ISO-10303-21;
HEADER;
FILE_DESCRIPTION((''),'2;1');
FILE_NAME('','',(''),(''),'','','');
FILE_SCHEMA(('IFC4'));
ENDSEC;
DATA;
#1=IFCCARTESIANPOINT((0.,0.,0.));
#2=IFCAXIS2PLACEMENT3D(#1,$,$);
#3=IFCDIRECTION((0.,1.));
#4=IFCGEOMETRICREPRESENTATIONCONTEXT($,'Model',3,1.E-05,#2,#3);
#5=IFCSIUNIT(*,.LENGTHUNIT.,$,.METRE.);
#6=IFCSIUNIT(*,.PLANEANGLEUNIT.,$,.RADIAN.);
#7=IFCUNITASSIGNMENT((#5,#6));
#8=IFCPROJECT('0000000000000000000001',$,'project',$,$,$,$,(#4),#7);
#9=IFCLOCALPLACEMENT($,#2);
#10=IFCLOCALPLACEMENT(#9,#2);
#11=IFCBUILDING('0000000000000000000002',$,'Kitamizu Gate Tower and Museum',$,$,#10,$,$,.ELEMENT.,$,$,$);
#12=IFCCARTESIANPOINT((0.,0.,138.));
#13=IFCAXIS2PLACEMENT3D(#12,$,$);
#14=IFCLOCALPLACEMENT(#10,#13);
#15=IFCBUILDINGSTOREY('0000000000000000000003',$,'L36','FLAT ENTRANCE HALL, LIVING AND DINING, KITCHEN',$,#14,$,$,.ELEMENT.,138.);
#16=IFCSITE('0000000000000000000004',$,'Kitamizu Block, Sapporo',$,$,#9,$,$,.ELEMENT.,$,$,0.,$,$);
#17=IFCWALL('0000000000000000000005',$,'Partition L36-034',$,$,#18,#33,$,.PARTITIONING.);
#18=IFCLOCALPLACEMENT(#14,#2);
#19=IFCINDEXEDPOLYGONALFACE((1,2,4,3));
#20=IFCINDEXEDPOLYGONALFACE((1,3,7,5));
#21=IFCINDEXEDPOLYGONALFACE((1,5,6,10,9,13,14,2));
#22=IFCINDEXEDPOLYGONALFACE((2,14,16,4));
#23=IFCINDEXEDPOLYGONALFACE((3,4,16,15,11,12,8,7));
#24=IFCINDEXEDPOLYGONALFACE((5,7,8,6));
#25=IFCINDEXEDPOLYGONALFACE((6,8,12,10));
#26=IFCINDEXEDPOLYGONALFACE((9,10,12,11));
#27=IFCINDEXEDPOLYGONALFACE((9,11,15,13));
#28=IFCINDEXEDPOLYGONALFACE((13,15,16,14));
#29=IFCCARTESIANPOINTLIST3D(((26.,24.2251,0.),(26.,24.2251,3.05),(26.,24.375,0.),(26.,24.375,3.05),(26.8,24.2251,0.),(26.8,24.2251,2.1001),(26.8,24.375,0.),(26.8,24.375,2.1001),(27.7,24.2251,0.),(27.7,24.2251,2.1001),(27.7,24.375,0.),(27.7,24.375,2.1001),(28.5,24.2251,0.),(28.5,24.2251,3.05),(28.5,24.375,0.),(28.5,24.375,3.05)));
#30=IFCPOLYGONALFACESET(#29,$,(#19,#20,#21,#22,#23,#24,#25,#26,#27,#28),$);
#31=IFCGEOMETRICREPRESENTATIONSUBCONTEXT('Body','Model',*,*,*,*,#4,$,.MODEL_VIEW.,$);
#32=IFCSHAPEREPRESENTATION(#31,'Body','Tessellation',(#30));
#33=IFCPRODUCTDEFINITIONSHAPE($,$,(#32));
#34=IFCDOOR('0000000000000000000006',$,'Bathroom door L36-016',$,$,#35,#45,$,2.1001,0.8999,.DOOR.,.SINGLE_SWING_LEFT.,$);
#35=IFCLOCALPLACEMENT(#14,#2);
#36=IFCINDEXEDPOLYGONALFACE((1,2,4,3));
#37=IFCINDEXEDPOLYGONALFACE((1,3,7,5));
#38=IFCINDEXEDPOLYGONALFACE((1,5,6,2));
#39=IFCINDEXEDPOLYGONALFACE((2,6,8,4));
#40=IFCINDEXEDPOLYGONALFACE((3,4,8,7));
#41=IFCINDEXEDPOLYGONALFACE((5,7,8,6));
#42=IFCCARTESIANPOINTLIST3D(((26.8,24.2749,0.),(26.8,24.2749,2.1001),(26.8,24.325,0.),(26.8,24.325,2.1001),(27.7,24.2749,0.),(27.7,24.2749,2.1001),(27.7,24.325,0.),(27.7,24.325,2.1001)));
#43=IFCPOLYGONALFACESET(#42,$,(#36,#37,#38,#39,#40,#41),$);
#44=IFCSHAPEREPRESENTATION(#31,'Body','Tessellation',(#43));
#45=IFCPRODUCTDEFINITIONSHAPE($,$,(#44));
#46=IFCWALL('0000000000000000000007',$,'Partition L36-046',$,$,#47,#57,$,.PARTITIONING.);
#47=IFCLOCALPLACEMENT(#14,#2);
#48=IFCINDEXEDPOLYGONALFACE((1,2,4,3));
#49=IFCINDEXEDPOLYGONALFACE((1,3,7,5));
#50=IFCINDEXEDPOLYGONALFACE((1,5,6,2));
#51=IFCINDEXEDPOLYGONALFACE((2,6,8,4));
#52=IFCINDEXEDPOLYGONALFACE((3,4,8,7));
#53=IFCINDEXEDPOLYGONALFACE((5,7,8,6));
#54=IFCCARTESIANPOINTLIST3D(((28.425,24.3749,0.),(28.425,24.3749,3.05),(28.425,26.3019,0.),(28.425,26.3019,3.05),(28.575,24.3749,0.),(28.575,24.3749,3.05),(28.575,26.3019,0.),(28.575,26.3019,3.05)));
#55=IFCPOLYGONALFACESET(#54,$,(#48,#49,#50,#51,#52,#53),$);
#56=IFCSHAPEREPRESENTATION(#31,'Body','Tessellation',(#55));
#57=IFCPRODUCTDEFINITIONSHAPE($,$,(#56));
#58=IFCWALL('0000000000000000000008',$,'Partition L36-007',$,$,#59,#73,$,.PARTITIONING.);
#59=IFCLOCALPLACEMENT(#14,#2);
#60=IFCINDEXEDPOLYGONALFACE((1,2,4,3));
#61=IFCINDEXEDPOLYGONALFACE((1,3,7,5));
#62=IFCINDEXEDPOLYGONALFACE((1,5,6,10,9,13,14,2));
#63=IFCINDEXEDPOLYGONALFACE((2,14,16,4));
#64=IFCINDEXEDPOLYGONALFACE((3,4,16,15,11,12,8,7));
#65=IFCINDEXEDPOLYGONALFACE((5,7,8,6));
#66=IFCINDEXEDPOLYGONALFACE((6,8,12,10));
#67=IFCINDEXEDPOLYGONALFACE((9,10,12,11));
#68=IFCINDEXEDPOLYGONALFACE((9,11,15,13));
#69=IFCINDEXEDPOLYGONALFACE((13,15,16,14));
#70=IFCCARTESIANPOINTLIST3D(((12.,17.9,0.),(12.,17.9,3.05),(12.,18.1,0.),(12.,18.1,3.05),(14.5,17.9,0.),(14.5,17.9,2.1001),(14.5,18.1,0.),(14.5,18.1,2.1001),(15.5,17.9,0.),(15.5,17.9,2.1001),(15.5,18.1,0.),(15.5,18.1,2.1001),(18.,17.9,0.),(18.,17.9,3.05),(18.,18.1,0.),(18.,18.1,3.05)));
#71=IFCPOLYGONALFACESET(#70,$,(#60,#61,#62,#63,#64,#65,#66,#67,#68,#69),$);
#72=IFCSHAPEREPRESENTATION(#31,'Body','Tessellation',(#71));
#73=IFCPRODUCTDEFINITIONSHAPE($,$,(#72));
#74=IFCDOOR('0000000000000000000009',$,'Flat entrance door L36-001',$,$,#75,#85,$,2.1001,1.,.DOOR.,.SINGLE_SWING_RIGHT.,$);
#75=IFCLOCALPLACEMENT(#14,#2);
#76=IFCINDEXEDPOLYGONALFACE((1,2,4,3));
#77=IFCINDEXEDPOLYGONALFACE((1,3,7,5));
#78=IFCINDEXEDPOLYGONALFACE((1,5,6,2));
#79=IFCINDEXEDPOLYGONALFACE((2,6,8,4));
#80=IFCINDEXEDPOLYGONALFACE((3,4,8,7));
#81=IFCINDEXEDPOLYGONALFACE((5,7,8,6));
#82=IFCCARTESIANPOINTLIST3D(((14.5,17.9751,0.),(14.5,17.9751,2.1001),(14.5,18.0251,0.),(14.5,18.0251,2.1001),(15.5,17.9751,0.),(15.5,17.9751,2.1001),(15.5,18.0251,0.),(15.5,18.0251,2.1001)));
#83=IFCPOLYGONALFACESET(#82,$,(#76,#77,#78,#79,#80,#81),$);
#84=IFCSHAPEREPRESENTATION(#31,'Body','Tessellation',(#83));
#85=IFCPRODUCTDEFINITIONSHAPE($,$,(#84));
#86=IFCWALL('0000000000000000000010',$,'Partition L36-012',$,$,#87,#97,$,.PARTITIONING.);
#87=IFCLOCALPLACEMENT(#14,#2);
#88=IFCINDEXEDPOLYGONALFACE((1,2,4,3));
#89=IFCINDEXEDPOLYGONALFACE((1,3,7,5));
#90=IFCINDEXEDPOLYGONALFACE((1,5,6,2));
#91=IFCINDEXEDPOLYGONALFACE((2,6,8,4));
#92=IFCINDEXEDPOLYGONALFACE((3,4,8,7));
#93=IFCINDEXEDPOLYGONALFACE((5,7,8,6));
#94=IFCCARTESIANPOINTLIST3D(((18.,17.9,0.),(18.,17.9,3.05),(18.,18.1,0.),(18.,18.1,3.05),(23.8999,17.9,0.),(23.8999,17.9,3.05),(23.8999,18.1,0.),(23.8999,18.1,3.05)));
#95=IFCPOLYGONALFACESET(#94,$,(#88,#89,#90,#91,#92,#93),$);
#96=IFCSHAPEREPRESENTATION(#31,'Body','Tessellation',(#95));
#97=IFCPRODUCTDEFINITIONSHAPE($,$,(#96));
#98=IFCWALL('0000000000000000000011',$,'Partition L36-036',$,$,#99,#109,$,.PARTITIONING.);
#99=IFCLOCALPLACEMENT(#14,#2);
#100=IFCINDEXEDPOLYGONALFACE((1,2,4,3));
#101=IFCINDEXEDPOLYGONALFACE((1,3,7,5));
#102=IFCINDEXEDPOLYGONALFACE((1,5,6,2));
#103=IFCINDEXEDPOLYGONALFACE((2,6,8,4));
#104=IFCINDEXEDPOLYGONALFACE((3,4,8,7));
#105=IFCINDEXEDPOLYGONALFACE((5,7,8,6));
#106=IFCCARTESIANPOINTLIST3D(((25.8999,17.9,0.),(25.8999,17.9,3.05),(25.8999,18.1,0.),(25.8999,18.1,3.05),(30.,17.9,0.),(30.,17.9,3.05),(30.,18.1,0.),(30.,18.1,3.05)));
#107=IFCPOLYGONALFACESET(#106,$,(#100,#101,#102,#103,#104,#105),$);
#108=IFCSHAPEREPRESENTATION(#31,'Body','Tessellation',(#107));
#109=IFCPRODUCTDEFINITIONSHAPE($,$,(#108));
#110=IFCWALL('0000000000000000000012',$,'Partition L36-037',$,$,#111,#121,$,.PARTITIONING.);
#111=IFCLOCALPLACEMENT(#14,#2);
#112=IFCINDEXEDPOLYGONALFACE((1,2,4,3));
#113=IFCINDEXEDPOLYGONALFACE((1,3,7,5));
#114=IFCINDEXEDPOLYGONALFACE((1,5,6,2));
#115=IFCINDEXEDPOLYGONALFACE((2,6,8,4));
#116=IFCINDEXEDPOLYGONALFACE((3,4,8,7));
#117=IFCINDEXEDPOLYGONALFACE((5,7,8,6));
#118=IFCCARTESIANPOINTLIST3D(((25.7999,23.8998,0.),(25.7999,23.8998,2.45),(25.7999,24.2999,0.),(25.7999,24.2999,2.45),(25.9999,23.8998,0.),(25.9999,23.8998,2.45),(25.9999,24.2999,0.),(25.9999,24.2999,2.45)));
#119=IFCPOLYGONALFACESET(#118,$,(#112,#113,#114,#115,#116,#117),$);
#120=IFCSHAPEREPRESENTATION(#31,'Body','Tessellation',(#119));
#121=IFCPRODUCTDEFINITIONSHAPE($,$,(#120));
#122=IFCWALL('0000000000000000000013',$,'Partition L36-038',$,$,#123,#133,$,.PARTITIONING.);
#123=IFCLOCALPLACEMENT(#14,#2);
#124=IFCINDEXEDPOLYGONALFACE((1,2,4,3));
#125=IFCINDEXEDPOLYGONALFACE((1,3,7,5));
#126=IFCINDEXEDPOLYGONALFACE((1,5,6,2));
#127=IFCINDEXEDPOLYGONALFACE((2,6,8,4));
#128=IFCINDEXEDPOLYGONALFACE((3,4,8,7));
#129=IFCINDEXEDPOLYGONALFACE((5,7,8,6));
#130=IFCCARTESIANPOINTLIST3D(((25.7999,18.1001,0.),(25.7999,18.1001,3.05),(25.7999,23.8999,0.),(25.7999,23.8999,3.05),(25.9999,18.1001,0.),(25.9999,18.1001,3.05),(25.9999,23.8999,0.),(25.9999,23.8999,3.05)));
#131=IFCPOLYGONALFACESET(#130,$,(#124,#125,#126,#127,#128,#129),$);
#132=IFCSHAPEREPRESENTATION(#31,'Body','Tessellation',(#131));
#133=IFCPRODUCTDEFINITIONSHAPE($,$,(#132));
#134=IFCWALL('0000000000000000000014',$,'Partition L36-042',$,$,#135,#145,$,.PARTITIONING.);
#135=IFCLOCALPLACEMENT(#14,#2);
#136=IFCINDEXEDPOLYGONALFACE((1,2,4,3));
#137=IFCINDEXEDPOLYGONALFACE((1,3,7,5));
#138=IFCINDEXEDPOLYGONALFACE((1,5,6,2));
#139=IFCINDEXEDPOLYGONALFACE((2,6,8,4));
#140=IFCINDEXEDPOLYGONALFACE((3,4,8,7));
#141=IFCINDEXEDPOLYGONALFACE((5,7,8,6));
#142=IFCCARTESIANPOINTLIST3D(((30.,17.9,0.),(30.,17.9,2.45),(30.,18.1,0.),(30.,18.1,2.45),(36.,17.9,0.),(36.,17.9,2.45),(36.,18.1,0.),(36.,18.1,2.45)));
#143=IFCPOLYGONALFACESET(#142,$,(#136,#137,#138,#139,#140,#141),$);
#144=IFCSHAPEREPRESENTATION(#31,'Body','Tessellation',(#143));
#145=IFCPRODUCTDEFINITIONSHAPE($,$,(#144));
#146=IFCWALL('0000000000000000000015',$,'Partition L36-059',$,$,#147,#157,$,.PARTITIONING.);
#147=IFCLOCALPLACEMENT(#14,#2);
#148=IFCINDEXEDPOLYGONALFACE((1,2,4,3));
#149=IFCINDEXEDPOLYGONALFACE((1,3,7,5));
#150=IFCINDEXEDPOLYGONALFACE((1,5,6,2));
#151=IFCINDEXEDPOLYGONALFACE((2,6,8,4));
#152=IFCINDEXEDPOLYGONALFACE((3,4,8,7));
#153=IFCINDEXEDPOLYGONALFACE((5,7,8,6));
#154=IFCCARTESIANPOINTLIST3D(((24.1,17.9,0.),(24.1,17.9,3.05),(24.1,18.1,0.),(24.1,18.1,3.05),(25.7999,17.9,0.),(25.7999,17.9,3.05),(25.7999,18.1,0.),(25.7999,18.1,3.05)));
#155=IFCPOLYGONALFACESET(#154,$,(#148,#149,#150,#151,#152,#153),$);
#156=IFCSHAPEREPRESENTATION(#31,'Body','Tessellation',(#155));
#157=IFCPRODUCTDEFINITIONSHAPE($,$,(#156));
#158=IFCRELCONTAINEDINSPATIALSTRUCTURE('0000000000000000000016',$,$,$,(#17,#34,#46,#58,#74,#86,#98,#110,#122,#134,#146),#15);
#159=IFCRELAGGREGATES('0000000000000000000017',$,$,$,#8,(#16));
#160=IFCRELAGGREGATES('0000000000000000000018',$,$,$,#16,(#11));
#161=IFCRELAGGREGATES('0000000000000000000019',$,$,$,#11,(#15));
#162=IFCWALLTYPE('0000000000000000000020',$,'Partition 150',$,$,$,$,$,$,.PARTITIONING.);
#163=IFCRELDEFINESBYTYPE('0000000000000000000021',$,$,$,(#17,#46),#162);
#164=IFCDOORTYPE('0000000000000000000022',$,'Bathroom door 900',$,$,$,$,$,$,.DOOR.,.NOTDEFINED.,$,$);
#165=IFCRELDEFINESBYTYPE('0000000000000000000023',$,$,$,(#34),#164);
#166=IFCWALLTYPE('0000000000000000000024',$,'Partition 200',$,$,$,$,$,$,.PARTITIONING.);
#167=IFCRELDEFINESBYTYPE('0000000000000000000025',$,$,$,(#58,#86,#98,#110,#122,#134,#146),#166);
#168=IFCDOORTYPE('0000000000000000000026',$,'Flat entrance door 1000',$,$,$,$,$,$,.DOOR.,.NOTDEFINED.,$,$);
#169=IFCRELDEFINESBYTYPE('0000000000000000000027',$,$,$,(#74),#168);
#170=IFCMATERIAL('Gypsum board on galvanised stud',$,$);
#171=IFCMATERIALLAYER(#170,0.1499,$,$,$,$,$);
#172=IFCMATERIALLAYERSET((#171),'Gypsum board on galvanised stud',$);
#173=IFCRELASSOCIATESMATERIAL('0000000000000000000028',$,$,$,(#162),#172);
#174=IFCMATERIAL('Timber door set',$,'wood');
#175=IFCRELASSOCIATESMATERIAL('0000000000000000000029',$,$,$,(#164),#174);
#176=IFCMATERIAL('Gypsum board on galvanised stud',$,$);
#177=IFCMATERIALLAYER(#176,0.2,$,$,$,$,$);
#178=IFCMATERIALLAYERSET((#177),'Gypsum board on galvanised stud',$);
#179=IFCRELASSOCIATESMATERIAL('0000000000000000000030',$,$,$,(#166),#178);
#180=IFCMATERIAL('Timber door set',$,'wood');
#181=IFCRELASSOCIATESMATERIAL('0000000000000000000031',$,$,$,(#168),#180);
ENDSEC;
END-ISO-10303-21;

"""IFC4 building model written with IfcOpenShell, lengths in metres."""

from ifc_helpers import new_model, si_unit, direction, frame, frame_2d, origin, place, context, subcontext, project, spatial, rectangle, extrude, material, layer, layer_set, type_object, element, fill, save


model = new_model("IFC4")

# Units and contexts
model_context = context("Model", 3, precision=1e-05, world=origin(), true_north=direction((0.0, 1.0)))
body_context = subcontext(model_context, "Body", "Model", "MODEL_VIEW")
ifc_project = project(units=[si_unit("LENGTHUNIT", "METRE"), si_unit("PLANEANGLEUNIT", "RADIAN")], contexts=[model_context])

# Site, building, storey
site_placement = place(None, origin())
site = spatial("IfcSite", under=ifc_project, at=site_placement, Name="Kitamizu Block, Sapporo", CompositionType="ELEMENT", RefElevation=0.0)
building_placement = place(site_placement, origin())
building = spatial("IfcBuilding", under=site, at=building_placement, Name="Kitamizu Gate Tower and Museum", CompositionType="ELEMENT")
storey_placement = place(building_placement, frame((0.0, 0.0, 138.0)))
storey = spatial("IfcBuildingStorey", under=building, at=storey_placement, Name="L36", Description="FLAT ENTRANCE HALL, LIVING AND DINING, KITCHEN", CompositionType="ELEMENT", Elevation=138.0)

# Wall, opening, door
ifc_material_1 = material(Name="Gypsum board on galvanised stud")
ifc_layer_1 = layer(ifc_material_1, 0.1499)
ifc_layer_set_1 = layer_set([ifc_layer_1], Name="Gypsum board on galvanised stud")
wall_type_1 = type_object("IfcWallType", Name="Partition 150", PredefinedType="PARTITIONING", material=ifc_layer_set_1)
wall_1_placement = place(storey_placement, frame((28.5, 24.3, 0.0), z_axis=(0.0, 0.0, 1.0), x_axis=(-1.0, 0.0, 0.0)))
wall_1 = element("IfcWall", 1, at=wall_1_placement, inside=storey, type_object=wall_type_1, Name="Partition L36-034", PredefinedType="PARTITIONING", context=body_context, shape_type="SweptSolid", body=[
    extrude(rectangle(XDim=2.5, YDim=0.1499, at=frame_2d((1.25, 0.0))), origin(), (0.0, 0.0, 1.0), 3.05),
])
opening_1_placement = place(wall_1_placement, frame((0.8, 0.0, 0.0)))
opening_1 = element("IfcOpeningElement", 2, at=opening_1_placement, cuts=wall_1, PredefinedType="OPENING", context=body_context, shape_type="SweptSolid", body=[
    extrude(rectangle(XDim=0.8999, YDim=2.1001, at=frame_2d((0.45, 1.05))), frame((0.0, 0.085, 0.0), z_axis=(0.0, -1.0, 0.0), x_axis=(1.0, 0.0, 0.0)), (0.0, 0.0, 1.0), 0.1699),
])
ifc_material_2 = material(Name="Timber door set", Category="wood")
door_type_1 = type_object("IfcDoorType", Name="Bathroom door 900", OperationType="NOTDEFINED", PredefinedType="DOOR", material=ifc_material_2)
door_1_placement = place(opening_1_placement, frame((0.8999, 0.0, 0.0), x_axis=(-1.0, 0.0, 0.0)))
door_1 = element("IfcDoor", 3, at=door_1_placement, inside=storey, type_object=door_type_1, Name="Bathroom door L36-016", OperationType="SINGLE_SWING_LEFT", OverallHeight=2.1001, OverallWidth=0.8999, PredefinedType="DOOR", context=body_context, shape_type="SweptSolid", body=[
    extrude(rectangle(XDim=0.8999, YDim=2.1001, at=frame_2d((0.45, 1.05))), frame((0.0, 0.0249, 0.0), z_axis=(0.0, -1.0, 0.0), x_axis=(1.0, 0.0, 0.0)), (0.0, 0.0, 1.0), 0.05),
])
fill(opening_1, door_1)

# Wall
wall_2_placement = place(storey_placement, frame((28.5, 24.375, 0.0), z_axis=(0.0, 0.0, 1.0), x_axis=(0.0, 1.0, 0.0)))
element("IfcWall", 4, at=wall_2_placement, inside=storey, type_object=wall_type_1, Name="Partition L36-046", PredefinedType="PARTITIONING", context=body_context, shape_type="SweptSolid", body=[
    extrude(rectangle(XDim=1.927, YDim=0.1499, at=frame_2d((0.9634, 0.0))), origin(), (0.0, 0.0, 1.0), 3.05),
])

# Wall, opening, door
ifc_material_3 = material(Name="Gypsum board on galvanised stud")
ifc_layer_2 = layer(ifc_material_3, 0.2)
ifc_layer_set_2 = layer_set([ifc_layer_2], Name="Gypsum board on galvanised stud")
wall_type_2 = type_object("IfcWallType", Name="Partition 200", PredefinedType="PARTITIONING", material=ifc_layer_set_2)
wall_3_placement = place(storey_placement, frame((18.0, 18.0, 0.0), z_axis=(0.0, 0.0, 1.0), x_axis=(-1.0, 0.0, 0.0)))
wall_3 = element("IfcWall", 5, at=wall_3_placement, inside=storey, type_object=wall_type_2, Name="Partition L36-007", PredefinedType="PARTITIONING", context=body_context, shape_type="SweptSolid", body=[
    extrude(rectangle(XDim=6.0, YDim=0.2, at=frame_2d((3.0, 0.0))), origin(), (0.0, 0.0, 1.0), 3.05),
])
opening_2_placement = place(wall_3_placement, frame((2.5, 0.0, 0.0)))
opening_2 = element("IfcOpeningElement", 6, at=opening_2_placement, cuts=wall_3, PredefinedType="OPENING", context=body_context, shape_type="SweptSolid", body=[
    extrude(rectangle(XDim=1.0, YDim=2.1001, at=frame_2d((0.5, 1.05))), frame((0.0, 0.1099, 0.0), z_axis=(0.0, -1.0, 0.0), x_axis=(1.0, 0.0, 0.0)), (0.0, 0.0, 1.0), 0.22),
])
ifc_material_4 = material(Name="Timber door set", Category="wood")
door_type_2 = type_object("IfcDoorType", Name="Flat entrance door 1000", OperationType="NOTDEFINED", PredefinedType="DOOR", material=ifc_material_4)
door_2_placement = place(opening_2_placement, origin())
door_2 = element("IfcDoor", 7, at=door_2_placement, inside=storey, type_object=door_type_2, Name="Flat entrance door L36-001", OperationType="SINGLE_SWING_RIGHT", OverallHeight=2.1001, OverallWidth=1.0, PredefinedType="DOOR", context=body_context, shape_type="SweptSolid", body=[
    extrude(rectangle(XDim=1.0, YDim=2.1001, at=frame_2d((0.5, 1.05))), frame((0.0, 0.0249, 0.0), z_axis=(0.0, -1.0, 0.0), x_axis=(1.0, 0.0, 0.0)), (0.0, 0.0, 1.0), 0.05),
])
fill(opening_2, door_2)

# Walls
wall_4_placement = place(storey_placement, frame((23.8999, 18.0, 0.0), z_axis=(0.0, 0.0, 1.0), x_axis=(-1.0, 0.0, 0.0)))
element("IfcWall", 8, at=wall_4_placement, inside=storey, type_object=wall_type_2, Name="Partition L36-012", PredefinedType="PARTITIONING", context=body_context, shape_type="SweptSolid", body=[
    extrude(rectangle(XDim=5.8999, YDim=0.2, at=frame_2d((2.95, 0.0))), origin(), (0.0, 0.0, 1.0), 3.05),
])
wall_5_placement = place(storey_placement, frame((25.8999, 18.0, 0.0), z_axis=(0.0, 0.0, 1.0), x_axis=(1.0, 0.0, 0.0)))
element("IfcWall", 9, at=wall_5_placement, inside=storey, type_object=wall_type_2, Name="Partition L36-036", PredefinedType="PARTITIONING", context=body_context, shape_type="SweptSolid", body=[
    extrude(rectangle(XDim=4.1001, YDim=0.2, at=frame_2d((2.05, 0.0))), origin(), (0.0, 0.0, 1.0), 3.05),
])
wall_6_placement = place(storey_placement, frame((25.8999, 24.3, 0.0), z_axis=(0.0, 0.0, 1.0), x_axis=(0.0, -1.0, 0.0)))
element("IfcWall", 10, at=wall_6_placement, inside=storey, type_object=wall_type_2, Name="Partition L36-037", PredefinedType="PARTITIONING", context=body_context, shape_type="SweptSolid", body=[
    extrude(rectangle(XDim=0.4001, YDim=0.2, at=frame_2d((0.2002, 0.0))), origin(), (0.0, 0.0, 1.0), 2.45),
])
wall_7_placement = place(storey_placement, frame((25.8999, 23.8999, 0.0), z_axis=(0.0, 0.0, 1.0), x_axis=(0.0, -1.0, 0.0)))
element("IfcWall", 11, at=wall_7_placement, inside=storey, type_object=wall_type_2, Name="Partition L36-038", PredefinedType="PARTITIONING", context=body_context, shape_type="SweptSolid", body=[
    extrude(rectangle(XDim=5.7998, YDim=0.2, at=frame_2d((2.8999, 0.0))), origin(), (0.0, 0.0, 1.0), 3.05),
])
wall_8_placement = place(storey_placement, frame((30.0, 18.0, 0.0), z_axis=(0.0, 0.0, 1.0), x_axis=(1.0, 0.0, 0.0)))
element("IfcWall", 12, at=wall_8_placement, inside=storey, type_object=wall_type_2, Name="Partition L36-042", PredefinedType="PARTITIONING", context=body_context, shape_type="SweptSolid", body=[
    extrude(rectangle(XDim=6.0, YDim=0.2, at=frame_2d((3.0, 0.0))), origin(), (0.0, 0.0, 1.0), 2.45),
])
wall_9_placement = place(storey_placement, frame((25.8, 18.0, 0.0), z_axis=(0.0, 0.0, 1.0), x_axis=(-1.0, 0.0, 0.0)))
element("IfcWall", 13, at=wall_9_placement, inside=storey, type_object=wall_type_2, Name="Partition L36-059", PredefinedType="PARTITIONING", context=body_context, shape_type="SweptSolid", body=[
    extrude(rectangle(XDim=1.7, YDim=0.2, at=frame_2d((0.8501, 0.0))), origin(), (0.0, 0.0, 1.0), 3.05),
])

save(model, "model.ifc")
